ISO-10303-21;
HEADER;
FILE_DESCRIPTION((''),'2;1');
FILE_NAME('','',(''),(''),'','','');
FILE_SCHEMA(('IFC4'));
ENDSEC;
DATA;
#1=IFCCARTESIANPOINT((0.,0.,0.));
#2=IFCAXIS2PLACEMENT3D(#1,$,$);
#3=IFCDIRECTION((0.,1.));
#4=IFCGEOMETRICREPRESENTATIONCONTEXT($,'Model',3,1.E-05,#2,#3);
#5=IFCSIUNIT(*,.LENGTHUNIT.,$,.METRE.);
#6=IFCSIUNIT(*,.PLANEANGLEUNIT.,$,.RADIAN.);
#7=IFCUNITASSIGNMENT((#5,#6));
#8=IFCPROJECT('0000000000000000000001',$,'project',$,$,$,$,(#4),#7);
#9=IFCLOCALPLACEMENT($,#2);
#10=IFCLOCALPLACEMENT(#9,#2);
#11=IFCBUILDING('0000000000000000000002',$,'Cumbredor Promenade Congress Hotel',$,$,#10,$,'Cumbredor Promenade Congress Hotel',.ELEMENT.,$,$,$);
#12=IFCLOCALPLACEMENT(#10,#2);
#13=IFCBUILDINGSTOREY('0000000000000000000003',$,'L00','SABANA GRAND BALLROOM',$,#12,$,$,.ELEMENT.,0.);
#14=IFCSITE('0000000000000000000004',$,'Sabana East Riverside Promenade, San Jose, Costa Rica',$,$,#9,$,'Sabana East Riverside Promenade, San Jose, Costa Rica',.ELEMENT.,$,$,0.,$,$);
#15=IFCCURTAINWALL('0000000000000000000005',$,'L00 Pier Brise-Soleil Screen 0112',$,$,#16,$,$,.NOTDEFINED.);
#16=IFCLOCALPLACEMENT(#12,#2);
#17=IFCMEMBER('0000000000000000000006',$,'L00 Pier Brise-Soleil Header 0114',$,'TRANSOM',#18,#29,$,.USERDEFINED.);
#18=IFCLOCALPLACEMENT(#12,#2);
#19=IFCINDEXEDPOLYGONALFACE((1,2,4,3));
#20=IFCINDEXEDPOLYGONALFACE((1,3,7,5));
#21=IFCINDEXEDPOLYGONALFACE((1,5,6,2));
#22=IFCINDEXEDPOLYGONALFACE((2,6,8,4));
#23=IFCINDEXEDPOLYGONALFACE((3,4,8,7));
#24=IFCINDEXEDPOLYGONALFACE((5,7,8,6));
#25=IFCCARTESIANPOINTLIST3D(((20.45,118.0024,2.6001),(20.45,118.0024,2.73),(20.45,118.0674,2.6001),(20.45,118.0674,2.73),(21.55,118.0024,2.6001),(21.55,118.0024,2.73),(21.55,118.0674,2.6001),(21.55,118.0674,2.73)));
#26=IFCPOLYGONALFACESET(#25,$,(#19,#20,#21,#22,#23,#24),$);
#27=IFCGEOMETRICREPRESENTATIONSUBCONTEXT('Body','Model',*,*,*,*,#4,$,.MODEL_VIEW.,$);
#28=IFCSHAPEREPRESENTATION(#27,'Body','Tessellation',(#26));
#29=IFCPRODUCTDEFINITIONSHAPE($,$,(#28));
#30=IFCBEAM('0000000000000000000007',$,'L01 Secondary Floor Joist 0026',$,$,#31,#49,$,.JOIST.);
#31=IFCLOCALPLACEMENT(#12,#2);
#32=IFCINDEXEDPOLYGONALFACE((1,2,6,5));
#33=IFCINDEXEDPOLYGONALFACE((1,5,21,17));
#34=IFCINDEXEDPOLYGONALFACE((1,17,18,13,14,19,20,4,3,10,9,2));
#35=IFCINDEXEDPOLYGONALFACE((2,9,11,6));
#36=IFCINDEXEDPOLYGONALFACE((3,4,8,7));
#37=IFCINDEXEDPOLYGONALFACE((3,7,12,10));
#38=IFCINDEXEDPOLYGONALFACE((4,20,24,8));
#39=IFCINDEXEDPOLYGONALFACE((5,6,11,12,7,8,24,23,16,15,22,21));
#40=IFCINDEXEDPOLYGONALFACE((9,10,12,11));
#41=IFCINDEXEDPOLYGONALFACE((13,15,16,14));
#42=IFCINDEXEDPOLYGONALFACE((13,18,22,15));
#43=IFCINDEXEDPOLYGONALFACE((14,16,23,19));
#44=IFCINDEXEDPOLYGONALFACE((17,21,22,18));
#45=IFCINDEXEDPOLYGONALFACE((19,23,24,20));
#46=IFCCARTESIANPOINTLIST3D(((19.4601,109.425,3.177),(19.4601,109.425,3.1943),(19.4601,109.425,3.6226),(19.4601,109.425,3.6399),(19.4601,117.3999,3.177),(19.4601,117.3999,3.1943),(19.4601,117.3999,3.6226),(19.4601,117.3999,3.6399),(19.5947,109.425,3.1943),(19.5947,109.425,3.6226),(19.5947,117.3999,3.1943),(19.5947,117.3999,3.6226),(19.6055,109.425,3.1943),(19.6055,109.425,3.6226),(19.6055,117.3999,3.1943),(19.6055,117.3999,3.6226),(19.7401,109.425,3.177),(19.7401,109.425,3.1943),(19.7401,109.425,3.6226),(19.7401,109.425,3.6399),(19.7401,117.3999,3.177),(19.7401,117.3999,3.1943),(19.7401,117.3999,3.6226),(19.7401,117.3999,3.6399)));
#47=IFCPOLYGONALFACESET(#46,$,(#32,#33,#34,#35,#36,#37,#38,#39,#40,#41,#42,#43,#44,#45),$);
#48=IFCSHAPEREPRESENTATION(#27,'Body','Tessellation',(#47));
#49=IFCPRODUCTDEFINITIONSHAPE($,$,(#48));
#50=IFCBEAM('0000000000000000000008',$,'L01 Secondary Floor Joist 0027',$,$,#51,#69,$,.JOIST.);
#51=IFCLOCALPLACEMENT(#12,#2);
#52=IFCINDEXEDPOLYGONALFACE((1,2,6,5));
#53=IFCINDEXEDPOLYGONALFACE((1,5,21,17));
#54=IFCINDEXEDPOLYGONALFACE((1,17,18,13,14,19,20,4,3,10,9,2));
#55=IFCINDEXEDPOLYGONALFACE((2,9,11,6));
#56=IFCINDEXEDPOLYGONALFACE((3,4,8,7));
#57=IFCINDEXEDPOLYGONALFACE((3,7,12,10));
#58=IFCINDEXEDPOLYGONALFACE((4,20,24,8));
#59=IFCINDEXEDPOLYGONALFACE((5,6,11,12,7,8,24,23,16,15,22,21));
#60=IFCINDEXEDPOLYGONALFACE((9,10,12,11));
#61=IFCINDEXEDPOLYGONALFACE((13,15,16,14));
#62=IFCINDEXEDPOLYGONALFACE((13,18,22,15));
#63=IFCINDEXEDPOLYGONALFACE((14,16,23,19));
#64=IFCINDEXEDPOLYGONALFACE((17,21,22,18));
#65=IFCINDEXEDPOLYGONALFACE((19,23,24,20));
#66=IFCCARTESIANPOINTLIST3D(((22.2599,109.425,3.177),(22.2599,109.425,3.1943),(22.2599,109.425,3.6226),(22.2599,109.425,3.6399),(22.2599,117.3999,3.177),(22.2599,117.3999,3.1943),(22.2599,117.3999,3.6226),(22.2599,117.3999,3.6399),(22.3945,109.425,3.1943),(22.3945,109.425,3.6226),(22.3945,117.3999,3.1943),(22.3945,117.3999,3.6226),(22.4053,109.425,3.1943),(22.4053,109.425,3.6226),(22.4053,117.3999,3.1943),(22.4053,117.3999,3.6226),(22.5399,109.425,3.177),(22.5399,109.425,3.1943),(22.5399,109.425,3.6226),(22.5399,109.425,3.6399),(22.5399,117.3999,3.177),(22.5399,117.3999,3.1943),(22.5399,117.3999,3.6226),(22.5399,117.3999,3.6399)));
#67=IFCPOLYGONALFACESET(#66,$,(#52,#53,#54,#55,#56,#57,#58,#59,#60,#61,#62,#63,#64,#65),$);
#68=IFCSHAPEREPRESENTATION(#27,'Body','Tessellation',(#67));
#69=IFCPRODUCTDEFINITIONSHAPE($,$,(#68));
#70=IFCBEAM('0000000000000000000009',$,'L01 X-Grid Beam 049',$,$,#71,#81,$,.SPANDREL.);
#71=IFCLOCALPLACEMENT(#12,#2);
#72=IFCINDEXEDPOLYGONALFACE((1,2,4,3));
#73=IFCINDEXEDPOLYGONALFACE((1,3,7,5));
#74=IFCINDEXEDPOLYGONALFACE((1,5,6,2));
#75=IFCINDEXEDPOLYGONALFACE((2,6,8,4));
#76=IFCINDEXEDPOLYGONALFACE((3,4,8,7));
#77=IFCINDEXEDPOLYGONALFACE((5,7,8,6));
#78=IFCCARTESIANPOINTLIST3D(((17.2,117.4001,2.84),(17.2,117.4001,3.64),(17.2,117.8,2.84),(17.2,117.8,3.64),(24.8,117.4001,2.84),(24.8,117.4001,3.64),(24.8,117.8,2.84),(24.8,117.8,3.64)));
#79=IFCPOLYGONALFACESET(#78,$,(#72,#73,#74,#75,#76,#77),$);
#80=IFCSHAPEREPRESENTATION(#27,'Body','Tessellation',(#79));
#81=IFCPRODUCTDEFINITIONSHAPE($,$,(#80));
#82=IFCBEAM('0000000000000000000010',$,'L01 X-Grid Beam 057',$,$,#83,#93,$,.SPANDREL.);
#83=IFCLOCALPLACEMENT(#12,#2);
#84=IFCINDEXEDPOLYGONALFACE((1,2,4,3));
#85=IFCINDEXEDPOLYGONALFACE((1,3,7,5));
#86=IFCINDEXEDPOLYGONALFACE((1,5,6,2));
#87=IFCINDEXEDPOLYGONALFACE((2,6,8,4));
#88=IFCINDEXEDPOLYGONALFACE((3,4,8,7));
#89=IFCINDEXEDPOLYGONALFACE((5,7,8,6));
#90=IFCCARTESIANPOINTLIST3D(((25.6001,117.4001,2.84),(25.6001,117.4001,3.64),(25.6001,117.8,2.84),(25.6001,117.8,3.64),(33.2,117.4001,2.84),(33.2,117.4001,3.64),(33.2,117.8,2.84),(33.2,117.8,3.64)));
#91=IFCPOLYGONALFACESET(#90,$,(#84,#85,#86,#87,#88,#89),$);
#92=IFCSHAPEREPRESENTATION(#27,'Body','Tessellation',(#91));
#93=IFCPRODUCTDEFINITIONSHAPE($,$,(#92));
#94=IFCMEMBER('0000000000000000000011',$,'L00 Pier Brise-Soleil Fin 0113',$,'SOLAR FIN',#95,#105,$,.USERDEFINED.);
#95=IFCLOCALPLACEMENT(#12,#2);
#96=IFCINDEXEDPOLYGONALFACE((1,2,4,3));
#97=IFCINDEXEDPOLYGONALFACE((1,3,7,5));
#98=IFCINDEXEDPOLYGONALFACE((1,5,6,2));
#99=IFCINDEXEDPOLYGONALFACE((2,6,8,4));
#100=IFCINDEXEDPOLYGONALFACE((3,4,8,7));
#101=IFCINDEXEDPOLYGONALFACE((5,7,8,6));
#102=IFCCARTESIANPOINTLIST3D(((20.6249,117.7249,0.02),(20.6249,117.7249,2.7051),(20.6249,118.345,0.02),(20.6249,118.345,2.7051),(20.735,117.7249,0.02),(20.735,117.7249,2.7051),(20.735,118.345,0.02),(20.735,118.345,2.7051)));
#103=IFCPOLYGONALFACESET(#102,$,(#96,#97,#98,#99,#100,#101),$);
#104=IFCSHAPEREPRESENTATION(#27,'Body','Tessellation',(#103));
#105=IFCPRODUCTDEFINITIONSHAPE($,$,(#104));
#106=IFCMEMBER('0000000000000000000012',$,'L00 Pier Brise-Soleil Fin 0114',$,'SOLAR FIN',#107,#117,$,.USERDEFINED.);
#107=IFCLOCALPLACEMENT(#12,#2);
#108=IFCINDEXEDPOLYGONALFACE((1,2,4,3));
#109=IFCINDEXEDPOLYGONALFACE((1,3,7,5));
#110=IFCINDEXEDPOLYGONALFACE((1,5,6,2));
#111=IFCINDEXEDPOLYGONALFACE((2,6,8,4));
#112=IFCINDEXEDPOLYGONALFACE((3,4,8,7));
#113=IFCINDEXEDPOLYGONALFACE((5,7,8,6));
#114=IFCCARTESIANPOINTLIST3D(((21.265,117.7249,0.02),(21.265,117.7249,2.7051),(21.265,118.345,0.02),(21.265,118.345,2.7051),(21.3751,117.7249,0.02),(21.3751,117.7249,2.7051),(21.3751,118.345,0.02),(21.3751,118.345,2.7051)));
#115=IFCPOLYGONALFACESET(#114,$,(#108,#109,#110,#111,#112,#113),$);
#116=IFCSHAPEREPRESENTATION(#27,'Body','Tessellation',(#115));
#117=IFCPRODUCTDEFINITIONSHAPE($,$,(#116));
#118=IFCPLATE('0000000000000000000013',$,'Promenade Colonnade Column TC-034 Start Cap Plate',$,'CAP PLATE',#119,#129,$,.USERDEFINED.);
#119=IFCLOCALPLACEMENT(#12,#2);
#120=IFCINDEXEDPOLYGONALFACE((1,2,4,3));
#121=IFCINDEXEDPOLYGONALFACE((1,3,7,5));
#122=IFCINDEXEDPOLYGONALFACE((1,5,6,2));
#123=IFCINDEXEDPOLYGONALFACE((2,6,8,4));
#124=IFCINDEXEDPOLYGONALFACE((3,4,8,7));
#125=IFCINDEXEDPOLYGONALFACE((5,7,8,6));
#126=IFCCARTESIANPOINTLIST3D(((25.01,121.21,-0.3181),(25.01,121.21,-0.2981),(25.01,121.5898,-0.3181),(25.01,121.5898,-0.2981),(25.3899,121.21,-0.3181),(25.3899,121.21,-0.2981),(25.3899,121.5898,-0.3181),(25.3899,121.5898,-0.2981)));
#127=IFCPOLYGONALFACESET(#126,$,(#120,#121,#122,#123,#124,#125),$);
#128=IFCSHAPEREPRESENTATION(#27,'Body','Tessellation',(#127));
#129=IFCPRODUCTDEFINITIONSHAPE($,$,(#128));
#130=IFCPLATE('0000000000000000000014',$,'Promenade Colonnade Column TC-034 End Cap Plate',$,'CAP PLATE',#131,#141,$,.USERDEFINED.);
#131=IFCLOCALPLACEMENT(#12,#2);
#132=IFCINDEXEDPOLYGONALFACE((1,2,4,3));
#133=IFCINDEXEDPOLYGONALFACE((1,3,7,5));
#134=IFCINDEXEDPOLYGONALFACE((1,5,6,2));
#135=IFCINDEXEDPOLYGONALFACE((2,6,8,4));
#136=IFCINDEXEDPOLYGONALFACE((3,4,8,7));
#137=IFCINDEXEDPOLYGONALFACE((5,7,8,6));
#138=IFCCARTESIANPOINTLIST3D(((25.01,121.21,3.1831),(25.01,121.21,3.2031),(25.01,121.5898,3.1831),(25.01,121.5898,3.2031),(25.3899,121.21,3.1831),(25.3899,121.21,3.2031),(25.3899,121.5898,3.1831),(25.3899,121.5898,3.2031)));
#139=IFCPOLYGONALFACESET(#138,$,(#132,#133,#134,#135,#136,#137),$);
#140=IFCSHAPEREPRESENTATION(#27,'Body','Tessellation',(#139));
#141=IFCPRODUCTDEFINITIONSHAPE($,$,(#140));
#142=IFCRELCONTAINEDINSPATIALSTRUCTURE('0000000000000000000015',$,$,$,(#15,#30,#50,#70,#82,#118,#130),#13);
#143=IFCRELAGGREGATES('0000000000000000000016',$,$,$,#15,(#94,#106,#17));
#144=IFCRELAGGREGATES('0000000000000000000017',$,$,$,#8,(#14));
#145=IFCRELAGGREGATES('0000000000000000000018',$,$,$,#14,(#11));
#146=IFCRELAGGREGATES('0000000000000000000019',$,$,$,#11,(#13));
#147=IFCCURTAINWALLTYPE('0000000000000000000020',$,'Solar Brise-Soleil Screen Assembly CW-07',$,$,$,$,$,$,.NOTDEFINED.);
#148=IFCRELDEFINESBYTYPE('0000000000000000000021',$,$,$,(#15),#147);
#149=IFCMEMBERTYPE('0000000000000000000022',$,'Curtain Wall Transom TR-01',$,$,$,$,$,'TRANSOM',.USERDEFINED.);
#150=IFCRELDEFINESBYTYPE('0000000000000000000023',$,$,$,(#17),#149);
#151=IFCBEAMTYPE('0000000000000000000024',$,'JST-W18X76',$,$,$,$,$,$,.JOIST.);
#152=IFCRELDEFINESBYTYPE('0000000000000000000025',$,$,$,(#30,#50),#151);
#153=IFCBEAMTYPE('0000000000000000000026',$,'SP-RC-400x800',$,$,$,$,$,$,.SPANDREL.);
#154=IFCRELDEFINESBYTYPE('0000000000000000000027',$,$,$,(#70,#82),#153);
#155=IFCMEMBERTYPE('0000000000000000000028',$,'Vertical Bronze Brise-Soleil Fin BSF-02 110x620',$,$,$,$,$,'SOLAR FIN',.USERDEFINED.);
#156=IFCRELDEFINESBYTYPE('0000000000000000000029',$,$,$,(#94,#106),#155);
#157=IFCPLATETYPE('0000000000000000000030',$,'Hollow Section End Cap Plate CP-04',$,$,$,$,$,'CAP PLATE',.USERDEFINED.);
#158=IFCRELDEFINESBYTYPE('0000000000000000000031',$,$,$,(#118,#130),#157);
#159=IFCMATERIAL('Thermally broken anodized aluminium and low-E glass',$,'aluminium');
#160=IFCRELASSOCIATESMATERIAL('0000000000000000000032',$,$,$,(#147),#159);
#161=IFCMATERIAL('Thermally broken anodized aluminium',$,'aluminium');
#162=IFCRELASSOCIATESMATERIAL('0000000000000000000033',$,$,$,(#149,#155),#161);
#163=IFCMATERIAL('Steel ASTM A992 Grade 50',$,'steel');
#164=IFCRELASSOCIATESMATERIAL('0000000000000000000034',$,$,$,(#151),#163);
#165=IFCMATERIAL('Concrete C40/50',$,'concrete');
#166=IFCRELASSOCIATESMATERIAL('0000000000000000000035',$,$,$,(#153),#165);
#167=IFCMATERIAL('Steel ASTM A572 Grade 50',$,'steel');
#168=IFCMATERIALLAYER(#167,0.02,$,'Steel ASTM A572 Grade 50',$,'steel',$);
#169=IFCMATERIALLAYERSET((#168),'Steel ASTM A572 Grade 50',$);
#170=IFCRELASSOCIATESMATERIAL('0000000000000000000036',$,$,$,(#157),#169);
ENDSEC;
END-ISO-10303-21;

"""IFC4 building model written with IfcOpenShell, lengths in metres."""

from ifc_helpers import new_model, si_unit, direction, frame, origin, origin_2d, place, context, subcontext, project, spatial, rectangle, i_section, extrude, material, layer, layer_set, material_profile, profile_set, type_object, element, aggregate, save


model = new_model("IFC4")

# Units and contexts
model_context = context("Model", 3, precision=1e-05, world=origin(), true_north=direction((0.0, 1.0)))
body_context = subcontext(model_context, "Body", "Model", "MODEL_VIEW")
ifc_project = project(units=[si_unit("LENGTHUNIT", "METRE"), si_unit("PLANEANGLEUNIT", "RADIAN")], contexts=[model_context])

# Site, building, storey
site_placement = place(None, origin())
site = spatial("IfcSite", under=ifc_project, at=site_placement, Name="Sabana East Riverside Promenade, San Jose, Costa Rica", LongName="Sabana East Riverside Promenade, San Jose, Costa Rica", CompositionType="ELEMENT", RefElevation=0.0)
building_placement = place(site_placement, origin())
building = spatial("IfcBuilding", under=site, at=building_placement, Name="Cumbredor Promenade Congress Hotel", LongName="Cumbredor Promenade Congress Hotel", CompositionType="ELEMENT")
storey_placement = place(building_placement, origin())
storey = spatial("IfcBuildingStorey", under=building, at=storey_placement, Name="L00", Description="SABANA GRAND BALLROOM", CompositionType="ELEMENT", Elevation=0.0)

# Shared definitions
ifc_material_1 = material(Name="Concrete C40/50", Category="concrete")
ifc_material_2 = material(Name="Steel ASTM A992 Grade 50", Category="steel")

# Curtain wall, member
ifc_material_3 = material(Name="Thermally broken anodized aluminium and low-E glass", Category="aluminium")
curtain_wall_type = type_object("IfcCurtainWallType", Name="Solar Brise-Soleil Screen Assembly CW-07", PredefinedType="NOTDEFINED", material=ifc_material_3)
curtain_wall_placement = place(storey_placement, origin())
curtain_wall = element("IfcCurtainWall", 1, at=curtain_wall_placement, inside=storey, type_object=curtain_wall_type, Name="L00 Pier Brise-Soleil Screen 0112", PredefinedType="NOTDEFINED")
ifc_material_4 = material(Name="Thermally broken anodized aluminium", Category="aluminium")
ifc_material_profile_1 = material_profile(ifc_material_4, rectangle(XDim=0.0649, YDim=0.1299, at=origin_2d()), Name="ALU TRANSOM 65x130")
ifc_profile_set_1 = profile_set([ifc_material_profile_1], Name="Thermally broken anodized aluminium")
member_type_1 = type_object("IfcMemberType", Name="Curtain Wall Transom TR-01", ElementType="TRANSOM", PredefinedType="USERDEFINED", material=ifc_profile_set_1)
member_1_placement = place(storey_placement, frame((20.45, 118.0349, 2.665), z_axis=(1.0, 0.0, 0.0), x_axis=(0.0, 1.0, 0.0)))
member_1 = element("IfcMember", 2, at=member_1_placement, type_object=member_type_1, Name="L00 Pier Brise-Soleil Header 0114", ObjectType="TRANSOM", PredefinedType="USERDEFINED", context=body_context, shape_type="SweptSolid", body=[
    extrude(rectangle(XDim=0.0649, YDim=0.1299, at=origin_2d()), origin(), (0.0, 0.0, 1.0), 1.1001),
])

# Beams
ifc_material_profile_2 = material_profile(ifc_material_2, i_section(OverallWidth=0.28, OverallDepth=0.4629, WebThickness=0.0107, FlangeThickness=0.0173, at=origin_2d()), Name="W18X76")
ifc_profile_set_2 = profile_set([ifc_material_profile_2], Name="Steel ASTM A992 Grade 50")
beam_type_1 = type_object("IfcBeamType", Name="JST-W18X76", PredefinedType="JOIST", material=ifc_profile_set_2)
for number, where, z_axis, x_axis, name in (
    (3, (19.6001, 109.425, 3.4084), (0.0, 1.0, 0.0), (-1.0, 0.0, 0.0), "L01 Secondary Floor Joist 0026"),
    (4, (22.3999, 109.425, 3.4084), (0.0, 1.0, 0.0), (-1.0, 0.0, 0.0), "L01 Secondary Floor Joist 0027"),
):
    element("IfcBeam", number, at=place(storey_placement, frame(where, z_axis=z_axis, x_axis=x_axis)), inside=storey, type_object=beam_type_1, Name=name, PredefinedType="JOIST", context=body_context, shape_type="SweptSolid", body=[
        extrude(i_section(OverallWidth=0.28, OverallDepth=0.4629, WebThickness=0.0107, FlangeThickness=0.0173, at=origin_2d()), origin(), (0.0, 0.0, 1.0), 7.9749),
    ])
ifc_material_profile_3 = material_profile(ifc_material_1, rectangle(XDim=0.3999, YDim=0.8, at=origin_2d()), Name="RC SPANDREL 400x800")
ifc_profile_set_3 = profile_set([ifc_material_profile_3], Name="Concrete C40/50")
beam_type_2 = type_object("IfcBeamType", Name="SP-RC-400x800", PredefinedType="SPANDREL", material=ifc_profile_set_3)
beam_1_placement = place(storey_placement, frame((17.2, 117.6001, 3.24), z_axis=(1.0, 0.0, 0.0), x_axis=(0.0, 1.0, 0.0)))
element("IfcBeam", 5, at=beam_1_placement, inside=storey, type_object=beam_type_2, Name="L01 X-Grid Beam 049", PredefinedType="SPANDREL", context=body_context, shape_type="SweptSolid", body=[
    extrude(rectangle(XDim=0.3999, YDim=0.8, at=origin_2d()), origin(), (0.0, 0.0, 1.0), 7.6001),
])
beam_2_placement = place(storey_placement, frame((25.6001, 117.6001, 3.24), z_axis=(1.0, 0.0, 0.0), x_axis=(0.0, 1.0, 0.0)))
element("IfcBeam", 6, at=beam_2_placement, inside=storey, type_object=beam_type_2, Name="L01 X-Grid Beam 057", PredefinedType="SPANDREL", context=body_context, shape_type="SweptSolid", body=[
    extrude(rectangle(XDim=0.3999, YDim=0.8, at=origin_2d()), origin(), (0.0, 0.0, 1.0), 7.5999),
])

# Members
ifc_material_profile_4 = material_profile(ifc_material_4, rectangle(XDim=0.1101, YDim=0.6201, at=origin_2d()), Name="ARCH FIN 110x620")
ifc_profile_set_4 = profile_set([ifc_material_profile_4], Name="Thermally broken anodized aluminium")
member_type_2 = type_object("IfcMemberType", Name="Vertical Bronze Brise-Soleil Fin BSF-02 110x620", ElementType="SOLAR FIN", PredefinedType="USERDEFINED", material=ifc_profile_set_4)
member_2_placement = place(storey_placement, frame((20.6799, 118.0349, 0.02), z_axis=(0.0, 0.0, 1.0), x_axis=(1.0, 0.0, 0.0)))
member_2 = element("IfcMember", 7, at=member_2_placement, type_object=member_type_2, Name="L00 Pier Brise-Soleil Fin 0113", ObjectType="SOLAR FIN", PredefinedType="USERDEFINED", context=body_context, shape_type="SweptSolid", body=[
    extrude(rectangle(XDim=0.1101, YDim=0.6201, at=origin_2d()), origin(), (0.0, 0.0, 1.0), 2.6851),
])
member_3_placement = place(storey_placement, frame((21.3201, 118.0349, 0.02), z_axis=(0.0, 0.0, 1.0), x_axis=(1.0, 0.0, 0.0)))
member_3 = element("IfcMember", 8, at=member_3_placement, type_object=member_type_2, Name="L00 Pier Brise-Soleil Fin 0114", ObjectType="SOLAR FIN", PredefinedType="USERDEFINED", context=body_context, shape_type="SweptSolid", body=[
    extrude(rectangle(XDim=0.1101, YDim=0.6201, at=origin_2d()), origin(), (0.0, 0.0, 1.0), 2.6851),
])
aggregate(curtain_wall, [member_2, member_3, member_1])

# Plates
ifc_material_5 = material(Name="Steel ASTM A572 Grade 50", Category="steel")
ifc_layer_1 = layer(ifc_material_5, 0.02, Name="Steel ASTM A572 Grade 50", Category="steel")
ifc_layer_set_1 = layer_set([ifc_layer_1], Name="Steel ASTM A572 Grade 50")
plate_type = type_object("IfcPlateType", Name="Hollow Section End Cap Plate CP-04", ElementType="CAP PLATE", PredefinedType="USERDEFINED", material=ifc_layer_set_1)
for number, where, z_axis, x_axis, name in (
    (9, (25.2, 121.3999, -0.3181), (0.0, 0.0, 1.0), (1.0, 0.0, 0.0), "Promenade Colonnade Column TC-034 Start Cap Plate"),
    (10, (25.2, 121.3999, 3.1831), (0.0, 0.0, 1.0), (1.0, 0.0, 0.0), "Promenade Colonnade Column TC-034 End Cap Plate"),
):
    element("IfcPlate", number, at=place(storey_placement, frame(where, z_axis=z_axis, x_axis=x_axis)), inside=storey, type_object=plate_type, Name=name, ObjectType="CAP PLATE", PredefinedType="USERDEFINED", context=body_context, shape_type="SweptSolid", body=[
        extrude(rectangle(XDim=0.3799, YDim=0.3799, at=origin_2d()), origin(), (0.0, 0.0, 1.0), 0.02),
    ])

save(model, "model.ifc")
